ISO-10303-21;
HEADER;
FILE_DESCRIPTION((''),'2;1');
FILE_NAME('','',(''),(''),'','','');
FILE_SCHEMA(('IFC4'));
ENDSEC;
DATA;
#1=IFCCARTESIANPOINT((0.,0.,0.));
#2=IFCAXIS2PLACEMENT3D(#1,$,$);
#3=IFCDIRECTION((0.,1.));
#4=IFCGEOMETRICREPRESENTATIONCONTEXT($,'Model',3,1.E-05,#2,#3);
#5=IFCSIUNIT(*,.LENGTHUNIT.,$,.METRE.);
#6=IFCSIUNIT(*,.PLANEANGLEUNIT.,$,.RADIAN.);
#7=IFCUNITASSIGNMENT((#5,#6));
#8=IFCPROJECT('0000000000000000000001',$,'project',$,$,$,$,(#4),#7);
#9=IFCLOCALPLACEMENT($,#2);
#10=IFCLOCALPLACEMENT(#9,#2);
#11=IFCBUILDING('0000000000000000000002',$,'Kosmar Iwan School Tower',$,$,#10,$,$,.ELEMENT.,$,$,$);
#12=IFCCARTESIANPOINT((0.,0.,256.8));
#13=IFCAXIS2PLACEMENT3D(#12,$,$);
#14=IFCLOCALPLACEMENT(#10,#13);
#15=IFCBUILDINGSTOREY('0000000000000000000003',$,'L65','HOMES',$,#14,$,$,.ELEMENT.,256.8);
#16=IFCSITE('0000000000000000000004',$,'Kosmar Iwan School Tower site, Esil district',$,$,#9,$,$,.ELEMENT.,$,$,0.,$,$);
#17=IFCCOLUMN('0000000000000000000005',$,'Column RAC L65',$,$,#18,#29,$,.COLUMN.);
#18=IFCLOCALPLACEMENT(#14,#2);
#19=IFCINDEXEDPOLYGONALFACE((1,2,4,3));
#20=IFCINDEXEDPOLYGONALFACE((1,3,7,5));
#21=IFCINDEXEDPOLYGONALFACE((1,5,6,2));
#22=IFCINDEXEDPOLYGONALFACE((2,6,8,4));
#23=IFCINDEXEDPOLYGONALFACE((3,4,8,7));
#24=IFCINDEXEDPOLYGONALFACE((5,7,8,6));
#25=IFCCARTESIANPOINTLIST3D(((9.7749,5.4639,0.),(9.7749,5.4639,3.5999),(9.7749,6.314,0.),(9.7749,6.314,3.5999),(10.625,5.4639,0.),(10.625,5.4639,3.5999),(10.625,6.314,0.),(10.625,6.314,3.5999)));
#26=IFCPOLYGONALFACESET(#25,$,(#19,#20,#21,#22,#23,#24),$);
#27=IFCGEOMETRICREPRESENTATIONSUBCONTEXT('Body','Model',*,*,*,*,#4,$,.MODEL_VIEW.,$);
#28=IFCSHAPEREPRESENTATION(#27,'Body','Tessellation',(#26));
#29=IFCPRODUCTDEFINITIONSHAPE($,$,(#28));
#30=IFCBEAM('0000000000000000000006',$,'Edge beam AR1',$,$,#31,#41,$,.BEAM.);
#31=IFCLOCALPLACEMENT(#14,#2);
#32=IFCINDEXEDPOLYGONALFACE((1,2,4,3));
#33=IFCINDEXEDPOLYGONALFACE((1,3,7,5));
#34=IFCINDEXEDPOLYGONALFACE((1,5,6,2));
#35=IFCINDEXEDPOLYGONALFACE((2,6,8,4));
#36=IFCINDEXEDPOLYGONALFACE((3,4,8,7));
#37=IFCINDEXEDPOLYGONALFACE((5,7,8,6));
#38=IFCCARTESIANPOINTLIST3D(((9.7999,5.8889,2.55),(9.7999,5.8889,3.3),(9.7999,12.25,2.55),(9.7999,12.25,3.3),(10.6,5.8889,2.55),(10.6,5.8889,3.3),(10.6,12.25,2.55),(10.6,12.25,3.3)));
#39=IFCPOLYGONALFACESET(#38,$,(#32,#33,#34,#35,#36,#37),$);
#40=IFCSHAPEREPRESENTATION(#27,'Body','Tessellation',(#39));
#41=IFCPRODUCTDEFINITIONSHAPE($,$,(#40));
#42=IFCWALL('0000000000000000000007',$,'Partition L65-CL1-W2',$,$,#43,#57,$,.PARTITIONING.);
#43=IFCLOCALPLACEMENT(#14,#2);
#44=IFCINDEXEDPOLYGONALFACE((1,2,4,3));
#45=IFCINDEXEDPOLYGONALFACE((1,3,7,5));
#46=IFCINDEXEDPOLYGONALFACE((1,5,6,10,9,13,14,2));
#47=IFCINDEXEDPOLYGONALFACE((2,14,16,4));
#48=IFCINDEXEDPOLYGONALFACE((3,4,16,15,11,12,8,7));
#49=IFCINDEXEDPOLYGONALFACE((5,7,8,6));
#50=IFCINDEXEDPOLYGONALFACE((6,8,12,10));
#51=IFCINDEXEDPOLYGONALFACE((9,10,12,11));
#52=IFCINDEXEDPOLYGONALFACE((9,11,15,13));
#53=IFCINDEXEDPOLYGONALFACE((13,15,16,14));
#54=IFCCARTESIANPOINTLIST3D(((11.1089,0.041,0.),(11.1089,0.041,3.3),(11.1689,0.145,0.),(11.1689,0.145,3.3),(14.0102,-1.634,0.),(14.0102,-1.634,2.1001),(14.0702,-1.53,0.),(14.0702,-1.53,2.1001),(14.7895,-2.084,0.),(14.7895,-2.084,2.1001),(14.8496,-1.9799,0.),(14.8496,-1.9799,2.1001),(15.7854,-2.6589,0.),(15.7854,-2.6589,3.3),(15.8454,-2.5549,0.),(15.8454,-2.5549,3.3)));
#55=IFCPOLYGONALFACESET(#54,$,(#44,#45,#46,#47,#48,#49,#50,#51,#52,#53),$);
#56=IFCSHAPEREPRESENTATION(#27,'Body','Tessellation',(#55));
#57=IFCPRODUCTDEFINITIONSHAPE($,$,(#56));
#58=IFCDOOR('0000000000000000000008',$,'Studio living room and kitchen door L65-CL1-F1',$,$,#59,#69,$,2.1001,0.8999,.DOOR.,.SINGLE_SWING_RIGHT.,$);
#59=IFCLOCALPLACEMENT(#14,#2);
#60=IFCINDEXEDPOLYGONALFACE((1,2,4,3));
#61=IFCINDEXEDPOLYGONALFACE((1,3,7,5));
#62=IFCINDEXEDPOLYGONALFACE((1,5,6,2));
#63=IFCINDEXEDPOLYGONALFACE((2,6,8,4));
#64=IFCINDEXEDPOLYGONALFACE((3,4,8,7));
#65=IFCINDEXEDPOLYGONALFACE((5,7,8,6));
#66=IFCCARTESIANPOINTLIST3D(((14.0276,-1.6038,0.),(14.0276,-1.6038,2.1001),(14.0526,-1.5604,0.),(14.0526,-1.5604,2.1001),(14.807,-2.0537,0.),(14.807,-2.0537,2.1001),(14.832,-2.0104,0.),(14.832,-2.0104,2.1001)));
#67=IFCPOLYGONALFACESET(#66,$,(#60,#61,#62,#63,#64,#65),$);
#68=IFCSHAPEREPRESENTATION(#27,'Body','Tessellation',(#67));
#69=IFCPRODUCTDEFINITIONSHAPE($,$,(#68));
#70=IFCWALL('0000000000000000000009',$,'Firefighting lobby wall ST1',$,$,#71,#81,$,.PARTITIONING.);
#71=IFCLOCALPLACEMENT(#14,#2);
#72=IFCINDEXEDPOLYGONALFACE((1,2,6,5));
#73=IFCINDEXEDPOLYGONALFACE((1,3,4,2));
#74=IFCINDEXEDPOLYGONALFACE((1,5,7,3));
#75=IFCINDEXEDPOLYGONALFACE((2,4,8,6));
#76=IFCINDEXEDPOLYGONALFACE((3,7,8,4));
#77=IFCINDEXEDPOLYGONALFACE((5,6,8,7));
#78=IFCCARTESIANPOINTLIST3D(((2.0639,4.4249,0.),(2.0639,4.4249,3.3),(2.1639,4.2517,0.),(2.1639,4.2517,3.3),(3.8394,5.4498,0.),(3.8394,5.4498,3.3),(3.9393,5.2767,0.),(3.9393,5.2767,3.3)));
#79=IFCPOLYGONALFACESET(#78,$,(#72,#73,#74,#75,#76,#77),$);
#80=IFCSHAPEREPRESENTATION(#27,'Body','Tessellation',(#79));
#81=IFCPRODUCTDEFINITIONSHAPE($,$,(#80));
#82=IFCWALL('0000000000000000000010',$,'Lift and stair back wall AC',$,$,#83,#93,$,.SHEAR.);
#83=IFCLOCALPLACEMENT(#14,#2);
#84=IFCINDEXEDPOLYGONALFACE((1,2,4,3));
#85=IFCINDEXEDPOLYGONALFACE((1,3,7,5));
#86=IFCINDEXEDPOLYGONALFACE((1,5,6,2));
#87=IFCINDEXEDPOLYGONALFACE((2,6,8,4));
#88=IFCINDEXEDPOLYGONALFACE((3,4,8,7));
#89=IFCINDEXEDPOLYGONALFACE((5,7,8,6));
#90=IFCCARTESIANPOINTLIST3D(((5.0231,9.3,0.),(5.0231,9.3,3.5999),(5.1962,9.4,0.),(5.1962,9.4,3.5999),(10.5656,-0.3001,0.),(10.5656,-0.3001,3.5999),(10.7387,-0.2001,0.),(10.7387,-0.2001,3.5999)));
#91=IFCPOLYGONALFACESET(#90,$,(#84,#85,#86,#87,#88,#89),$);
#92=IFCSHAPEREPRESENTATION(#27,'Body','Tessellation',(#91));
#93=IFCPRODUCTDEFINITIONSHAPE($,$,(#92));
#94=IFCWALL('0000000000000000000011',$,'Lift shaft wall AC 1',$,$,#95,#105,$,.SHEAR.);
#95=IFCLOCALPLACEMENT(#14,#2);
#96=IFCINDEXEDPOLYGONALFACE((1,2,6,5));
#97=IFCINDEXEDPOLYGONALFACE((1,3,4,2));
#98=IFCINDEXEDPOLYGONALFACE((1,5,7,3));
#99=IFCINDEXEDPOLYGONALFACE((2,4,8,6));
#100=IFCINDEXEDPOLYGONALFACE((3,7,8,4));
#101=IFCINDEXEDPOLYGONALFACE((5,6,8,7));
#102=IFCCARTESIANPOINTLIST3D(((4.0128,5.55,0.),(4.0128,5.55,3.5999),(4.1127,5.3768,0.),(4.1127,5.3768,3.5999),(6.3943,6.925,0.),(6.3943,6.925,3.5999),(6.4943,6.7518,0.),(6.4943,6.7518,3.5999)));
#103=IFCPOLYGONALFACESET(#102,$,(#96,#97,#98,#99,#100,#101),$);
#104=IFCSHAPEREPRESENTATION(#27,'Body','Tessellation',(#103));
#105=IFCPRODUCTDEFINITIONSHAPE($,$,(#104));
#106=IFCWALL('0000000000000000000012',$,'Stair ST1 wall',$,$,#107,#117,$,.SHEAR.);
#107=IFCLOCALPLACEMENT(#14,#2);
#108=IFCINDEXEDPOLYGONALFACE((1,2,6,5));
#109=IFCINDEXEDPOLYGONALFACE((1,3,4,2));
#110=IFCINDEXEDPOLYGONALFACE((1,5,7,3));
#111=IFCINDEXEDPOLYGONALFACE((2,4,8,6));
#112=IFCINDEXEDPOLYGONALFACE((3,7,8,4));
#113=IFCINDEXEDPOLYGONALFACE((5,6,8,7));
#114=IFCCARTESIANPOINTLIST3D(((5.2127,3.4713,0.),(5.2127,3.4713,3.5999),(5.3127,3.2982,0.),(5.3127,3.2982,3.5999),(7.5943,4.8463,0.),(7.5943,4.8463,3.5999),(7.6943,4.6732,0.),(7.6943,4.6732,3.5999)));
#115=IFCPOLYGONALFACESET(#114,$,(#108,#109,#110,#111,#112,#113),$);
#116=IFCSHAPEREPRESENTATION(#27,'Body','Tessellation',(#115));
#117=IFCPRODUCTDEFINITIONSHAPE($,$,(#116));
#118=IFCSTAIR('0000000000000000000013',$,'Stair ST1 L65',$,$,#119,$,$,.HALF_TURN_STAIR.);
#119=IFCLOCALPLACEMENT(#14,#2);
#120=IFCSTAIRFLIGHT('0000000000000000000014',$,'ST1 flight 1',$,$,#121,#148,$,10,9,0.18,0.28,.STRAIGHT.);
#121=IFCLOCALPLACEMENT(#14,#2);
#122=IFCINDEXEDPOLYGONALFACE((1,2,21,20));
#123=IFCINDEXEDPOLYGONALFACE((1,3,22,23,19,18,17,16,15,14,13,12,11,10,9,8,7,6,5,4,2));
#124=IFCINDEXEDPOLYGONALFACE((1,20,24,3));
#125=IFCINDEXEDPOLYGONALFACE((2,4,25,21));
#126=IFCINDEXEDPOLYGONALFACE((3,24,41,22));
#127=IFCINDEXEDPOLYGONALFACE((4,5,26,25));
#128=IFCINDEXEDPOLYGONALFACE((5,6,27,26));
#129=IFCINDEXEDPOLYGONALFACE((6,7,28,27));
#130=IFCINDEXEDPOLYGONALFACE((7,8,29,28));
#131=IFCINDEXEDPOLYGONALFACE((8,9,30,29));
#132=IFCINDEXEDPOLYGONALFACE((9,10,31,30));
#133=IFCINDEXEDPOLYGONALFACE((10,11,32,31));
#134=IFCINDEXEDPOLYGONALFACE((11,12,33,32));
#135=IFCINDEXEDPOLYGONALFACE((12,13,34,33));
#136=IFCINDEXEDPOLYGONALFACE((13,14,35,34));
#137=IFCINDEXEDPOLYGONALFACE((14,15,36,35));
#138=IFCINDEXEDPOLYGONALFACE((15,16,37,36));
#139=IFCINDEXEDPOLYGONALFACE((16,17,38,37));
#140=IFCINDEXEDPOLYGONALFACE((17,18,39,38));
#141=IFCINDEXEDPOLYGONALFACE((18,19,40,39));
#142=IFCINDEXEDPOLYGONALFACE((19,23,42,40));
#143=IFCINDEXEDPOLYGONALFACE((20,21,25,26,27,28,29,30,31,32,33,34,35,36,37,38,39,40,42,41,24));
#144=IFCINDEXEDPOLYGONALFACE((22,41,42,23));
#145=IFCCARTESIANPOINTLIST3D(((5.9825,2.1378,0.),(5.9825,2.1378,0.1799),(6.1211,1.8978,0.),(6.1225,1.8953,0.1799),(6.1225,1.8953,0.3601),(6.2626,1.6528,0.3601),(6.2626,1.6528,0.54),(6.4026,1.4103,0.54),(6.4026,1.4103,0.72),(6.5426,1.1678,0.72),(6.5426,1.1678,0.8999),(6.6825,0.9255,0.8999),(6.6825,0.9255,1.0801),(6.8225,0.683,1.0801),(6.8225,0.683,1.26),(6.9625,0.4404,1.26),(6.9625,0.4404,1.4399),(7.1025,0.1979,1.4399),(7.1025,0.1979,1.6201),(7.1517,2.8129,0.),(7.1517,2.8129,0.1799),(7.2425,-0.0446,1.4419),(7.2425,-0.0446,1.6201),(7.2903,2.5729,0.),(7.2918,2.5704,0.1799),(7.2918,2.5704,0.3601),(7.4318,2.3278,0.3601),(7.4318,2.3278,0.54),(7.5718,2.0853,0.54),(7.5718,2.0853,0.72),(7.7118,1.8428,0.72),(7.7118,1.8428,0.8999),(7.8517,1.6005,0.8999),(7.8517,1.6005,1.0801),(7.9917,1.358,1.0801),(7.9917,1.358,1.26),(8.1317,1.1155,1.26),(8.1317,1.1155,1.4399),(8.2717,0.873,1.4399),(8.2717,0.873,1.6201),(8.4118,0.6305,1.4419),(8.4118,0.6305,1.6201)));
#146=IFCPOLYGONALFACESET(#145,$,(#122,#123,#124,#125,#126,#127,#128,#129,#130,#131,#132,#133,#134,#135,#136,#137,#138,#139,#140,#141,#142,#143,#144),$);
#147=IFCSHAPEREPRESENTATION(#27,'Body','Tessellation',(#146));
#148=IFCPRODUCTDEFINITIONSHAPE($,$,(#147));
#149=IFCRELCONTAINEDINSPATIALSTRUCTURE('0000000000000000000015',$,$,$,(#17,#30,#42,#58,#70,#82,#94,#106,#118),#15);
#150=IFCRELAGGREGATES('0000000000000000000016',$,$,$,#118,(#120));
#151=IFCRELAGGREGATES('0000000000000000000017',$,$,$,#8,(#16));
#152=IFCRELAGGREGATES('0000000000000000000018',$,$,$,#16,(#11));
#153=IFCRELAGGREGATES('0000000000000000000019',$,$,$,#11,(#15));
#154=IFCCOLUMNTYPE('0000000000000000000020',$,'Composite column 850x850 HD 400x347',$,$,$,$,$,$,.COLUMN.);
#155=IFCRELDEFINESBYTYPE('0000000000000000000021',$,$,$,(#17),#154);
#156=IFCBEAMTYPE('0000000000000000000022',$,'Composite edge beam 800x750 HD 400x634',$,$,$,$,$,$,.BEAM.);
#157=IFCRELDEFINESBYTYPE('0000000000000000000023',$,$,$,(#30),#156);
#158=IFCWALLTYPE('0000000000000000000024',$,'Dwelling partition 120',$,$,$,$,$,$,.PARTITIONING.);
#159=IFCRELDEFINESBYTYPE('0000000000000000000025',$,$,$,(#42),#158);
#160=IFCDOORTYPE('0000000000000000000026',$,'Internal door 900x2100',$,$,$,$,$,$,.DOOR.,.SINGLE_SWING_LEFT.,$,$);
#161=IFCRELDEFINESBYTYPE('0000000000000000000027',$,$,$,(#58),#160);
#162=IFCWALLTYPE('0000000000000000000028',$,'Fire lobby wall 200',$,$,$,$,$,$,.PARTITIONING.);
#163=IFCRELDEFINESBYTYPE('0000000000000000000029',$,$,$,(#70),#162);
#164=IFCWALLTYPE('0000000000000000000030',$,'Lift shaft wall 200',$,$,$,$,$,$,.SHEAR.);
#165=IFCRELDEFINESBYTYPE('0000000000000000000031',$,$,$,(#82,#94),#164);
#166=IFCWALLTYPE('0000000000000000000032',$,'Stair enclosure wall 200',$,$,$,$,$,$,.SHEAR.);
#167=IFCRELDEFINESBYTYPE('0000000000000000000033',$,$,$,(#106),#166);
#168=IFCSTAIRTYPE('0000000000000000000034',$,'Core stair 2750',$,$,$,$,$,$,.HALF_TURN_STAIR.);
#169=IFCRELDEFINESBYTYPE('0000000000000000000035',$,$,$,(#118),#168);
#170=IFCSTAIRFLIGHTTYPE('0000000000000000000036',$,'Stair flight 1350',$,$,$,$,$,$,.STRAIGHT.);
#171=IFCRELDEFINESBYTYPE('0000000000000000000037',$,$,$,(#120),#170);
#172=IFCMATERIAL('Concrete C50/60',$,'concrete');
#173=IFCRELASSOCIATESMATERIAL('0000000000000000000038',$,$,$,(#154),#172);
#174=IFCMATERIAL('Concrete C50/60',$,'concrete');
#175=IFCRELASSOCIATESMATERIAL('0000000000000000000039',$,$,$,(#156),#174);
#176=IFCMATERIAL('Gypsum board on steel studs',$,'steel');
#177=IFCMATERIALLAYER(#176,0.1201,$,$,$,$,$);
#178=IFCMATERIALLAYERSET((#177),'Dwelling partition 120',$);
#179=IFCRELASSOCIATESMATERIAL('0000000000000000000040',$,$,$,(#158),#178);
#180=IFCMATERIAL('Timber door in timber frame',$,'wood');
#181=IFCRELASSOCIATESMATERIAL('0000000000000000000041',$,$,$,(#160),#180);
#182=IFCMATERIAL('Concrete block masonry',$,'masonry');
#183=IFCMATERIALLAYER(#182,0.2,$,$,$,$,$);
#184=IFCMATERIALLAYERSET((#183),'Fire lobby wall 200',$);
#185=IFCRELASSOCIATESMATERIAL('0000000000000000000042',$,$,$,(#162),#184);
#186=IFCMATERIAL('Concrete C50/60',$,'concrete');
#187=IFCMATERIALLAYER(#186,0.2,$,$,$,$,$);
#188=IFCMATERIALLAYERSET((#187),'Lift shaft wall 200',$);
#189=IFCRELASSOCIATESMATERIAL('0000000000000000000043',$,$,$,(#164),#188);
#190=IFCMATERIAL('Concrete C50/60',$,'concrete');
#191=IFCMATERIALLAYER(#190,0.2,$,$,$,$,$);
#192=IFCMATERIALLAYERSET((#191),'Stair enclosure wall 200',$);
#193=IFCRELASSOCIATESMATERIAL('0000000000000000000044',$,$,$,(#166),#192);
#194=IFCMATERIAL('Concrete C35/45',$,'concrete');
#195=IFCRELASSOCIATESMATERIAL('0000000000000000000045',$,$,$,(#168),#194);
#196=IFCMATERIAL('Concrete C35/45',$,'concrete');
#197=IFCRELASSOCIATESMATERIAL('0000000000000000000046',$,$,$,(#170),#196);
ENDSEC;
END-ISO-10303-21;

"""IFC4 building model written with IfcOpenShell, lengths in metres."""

from ifc_helpers import new_model, si_unit, direction, frame, frame_2d, origin, origin_2d, place, context, subcontext, project, spatial, polyline, rectangle, outline, extrude, material, layer, layer_set, material_profile, profile_set, type_object, element, fill, aggregate, save


model = new_model("IFC4")

# Units and contexts
model_context = context("Model", 3, precision=1e-05, world=origin(), true_north=direction((0.0, 1.0)))
body_context = subcontext(model_context, "Body", "Model", "MODEL_VIEW")
ifc_project = project(units=[si_unit("LENGTHUNIT", "METRE"), si_unit("PLANEANGLEUNIT", "RADIAN")], contexts=[model_context])

# Site, building, storey
site_placement = place(None, origin())
site = spatial("IfcSite", under=ifc_project, at=site_placement, Name="Kosmar Iwan School Tower site, Esil district", CompositionType="ELEMENT", RefElevation=0.0)
building_placement = place(site_placement, origin())
building = spatial("IfcBuilding", under=site, at=building_placement, Name="Kosmar Iwan School Tower", CompositionType="ELEMENT")
storey_placement = place(building_placement, frame((0.0, 0.0, 256.8)))
storey = spatial("IfcBuildingStorey", under=building, at=storey_placement, Name="L65", Description="HOMES", CompositionType="ELEMENT", Elevation=256.8)

# Column
ifc_material_1 = material(Name="Concrete C50/60", Category="concrete")
ifc_material_profile_1 = material_profile(ifc_material_1, rectangle(XDim=0.8501, YDim=0.8501, at=origin_2d()), Name="RC 850x850 + HD 400x347")
ifc_profile_set_1 = profile_set([ifc_material_profile_1], Name="Concrete C50/60")
column_type = type_object("IfcColumnType", Name="Composite column 850x850 HD 400x347", PredefinedType="COLUMN", material=ifc_profile_set_1)
column_placement = place(storey_placement, frame((10.2, 5.8889, 0.0), z_axis=(0.0, 0.0, 1.0), x_axis=(1.0, 0.0, 0.0)))
element("IfcColumn", 1, at=column_placement, inside=storey, type_object=column_type, Name="Column RAC L65", PredefinedType="COLUMN", context=body_context, shape_type="SweptSolid", body=[
    extrude(rectangle(XDim=0.8501, YDim=0.8501, at=origin_2d()), origin(), (0.0, 0.0, 1.0), 3.5999),
])

# Beam
ifc_material_2 = material(Name="Concrete C50/60", Category="concrete")
ifc_material_profile_2 = material_profile(ifc_material_2, rectangle(XDim=0.8, YDim=0.75, at=origin_2d()), Name="RC 800x750 + HD 400x634")
ifc_profile_set_2 = profile_set([ifc_material_profile_2], Name="Concrete C50/60")
beam_type = type_object("IfcBeamType", Name="Composite edge beam 800x750 HD 400x634", PredefinedType="BEAM", material=ifc_profile_set_2)
beam_placement = place(storey_placement, frame((10.2, 5.8889, 2.925), z_axis=(0.0, 1.0, 0.0), x_axis=(-1.0, 0.0, 0.0)))
element("IfcBeam", 2, at=beam_placement, inside=storey, type_object=beam_type, Name="Edge beam AR1", PredefinedType="BEAM", context=body_context, shape_type="SweptSolid", body=[
    extrude(rectangle(XDim=0.8, YDim=0.75, at=origin_2d()), origin(), (0.0, 0.0, 1.0), 6.3611),
])

# Wall, opening, door
ifc_material_3 = material(Name="Gypsum board on steel studs", Category="steel")
ifc_layer_1 = layer(ifc_material_3, 0.1201)
ifc_layer_set_1 = layer_set([ifc_layer_1], Name="Dwelling partition 120")
wall_type_1 = type_object("IfcWallType", Name="Dwelling partition 120", PredefinedType="PARTITIONING", material=ifc_layer_set_1)
wall_1_placement = place(storey_placement, frame((11.1389, 0.093, 0.0), z_axis=(0.0, 0.0, 1.0), x_axis=(0.866028, -0.499995, 0.0)))
wall_1 = element("IfcWall", 3, at=wall_1_placement, inside=storey, type_object=wall_type_1, Name="Partition L65-CL1-W2", PredefinedType="PARTITIONING", context=body_context, shape_type="SweptSolid", body=[
    extrude(rectangle(XDim=5.3999, YDim=0.1201, at=frame_2d((2.7, 0.0))), origin(), (0.0, 0.0, 1.0), 3.3),
])
opening_placement = place(wall_1_placement, frame((3.3501, 0.0, 0.0)))
opening = element("IfcOpeningElement", 4, at=opening_placement, cuts=wall_1, PredefinedType="OPENING", context=body_context, shape_type="SweptSolid", body=[
    extrude(rectangle(XDim=0.8999, YDim=2.1001, at=frame_2d((0.45, 1.05))), frame((0.0, 0.072, 0.0), z_axis=(0.0, -1.0, 0.0), x_axis=(1.0, 0.0, 0.0)), (0.0, 0.0, 1.0), 0.144),
])
ifc_material_4 = material(Name="Timber door in timber frame", Category="wood")
door_type = type_object("IfcDoorType", Name="Internal door 900x2100", OperationType="SINGLE_SWING_LEFT", PredefinedType="DOOR", material=ifc_material_4)
door_placement = place(opening_placement, origin())
door = element("IfcDoor", 5, at=door_placement, inside=storey, type_object=door_type, Name="Studio living room and kitchen door L65-CL1-F1", OperationType="SINGLE_SWING_RIGHT", OverallHeight=2.1001, OverallWidth=0.8999, PredefinedType="DOOR", context=body_context, shape_type="SweptSolid", body=[
    extrude(rectangle(XDim=0.8999, YDim=2.1001, at=frame_2d((0.45, 1.05))), frame((0.0, 0.0249, 0.0), z_axis=(0.0, -1.0, 0.0), x_axis=(1.0, 0.0, 0.0)), (0.0, 0.0, 1.0), 0.05),
])
fill(opening, door)

# Walls
ifc_material_5 = material(Name="Concrete block masonry", Category="masonry")
ifc_layer_2 = layer(ifc_material_5, 0.2)
ifc_layer_set_2 = layer_set([ifc_layer_2], Name="Fire lobby wall 200")
wall_type_2 = type_object("IfcWallType", Name="Fire lobby wall 200", PredefinedType="PARTITIONING", material=ifc_layer_set_2)
wall_2_placement = place(storey_placement, frame((2.114, 4.3384, 0.0), z_axis=(0.0, 0.0, 1.0), x_axis=(0.866051, 0.499956, 0.0)))
element("IfcWall", 6, at=wall_2_placement, inside=storey, type_object=wall_type_2, Name="Firefighting lobby wall ST1", PredefinedType="PARTITIONING", context=body_context, shape_type="SweptSolid", body=[
    extrude(rectangle(XDim=2.05, YDim=0.2, at=frame_2d((1.0249, 0.0))), origin(), (0.0, 0.0, 1.0), 3.3),
])
ifc_material_6 = material(Name="Concrete C50/60", Category="concrete")
ifc_layer_3 = layer(ifc_material_6, 0.2)
ifc_layer_set_3 = layer_set([ifc_layer_3], Name="Lift shaft wall 200")
wall_type_3 = type_object("IfcWallType", Name="Lift shaft wall 200", PredefinedType="SHEAR", material=ifc_layer_set_3)
wall_3_placement = place(storey_placement, frame((10.6521, -0.25, 0.0), z_axis=(0.0, 0.0, 1.0), x_axis=(-0.499991, 0.866031, 0.0)))
element("IfcWall", 7, at=wall_3_placement, inside=storey, type_object=wall_type_3, Name="Lift and stair back wall AC", PredefinedType="SHEAR", context=body_context, shape_type="SweptSolid", body=[
    extrude(rectangle(XDim=11.0852, YDim=0.2, at=frame_2d((5.5425, 0.0))), origin(), (0.0, 0.0, 1.0), 3.5999),
])
wall_4_placement = place(storey_placement, frame((4.0627, 5.4634, 0.0), z_axis=(0.0, 0.0, 1.0), x_axis=(0.866027, 0.499997, 0.0)))
element("IfcWall", 8, at=wall_4_placement, inside=storey, type_object=wall_type_3, Name="Lift shaft wall AC 1", PredefinedType="SHEAR", context=body_context, shape_type="SweptSolid", body=[
    extrude(rectangle(XDim=2.75, YDim=0.2, at=frame_2d((1.375, 0.0))), origin(), (0.0, 0.0, 1.0), 3.5999),
])
ifc_material_7 = material(Name="Concrete C50/60", Category="concrete")
ifc_layer_4 = layer(ifc_material_7, 0.2)
ifc_layer_set_4 = layer_set([ifc_layer_4], Name="Stair enclosure wall 200")
wall_type_4 = type_object("IfcWallType", Name="Stair enclosure wall 200", PredefinedType="SHEAR", material=ifc_layer_set_4)
wall_5_placement = place(storey_placement, frame((5.2627, 3.3848, 0.0), z_axis=(0.0, 0.0, 1.0), x_axis=(0.866027, 0.499997, 0.0)))
element("IfcWall", 9, at=wall_5_placement, inside=storey, type_object=wall_type_4, Name="Stair ST1 wall", PredefinedType="SHEAR", context=body_context, shape_type="SweptSolid", body=[
    extrude(rectangle(XDim=2.75, YDim=0.2, at=frame_2d((1.375, 0.0))), origin(), (0.0, 0.0, 1.0), 3.5999),
])

# Stair, stair flight
ifc_material_8 = material(Name="Concrete C35/45", Category="concrete")
stair_type = type_object("IfcStairType", Name="Core stair 2750", PredefinedType="HALF_TURN_STAIR", material=ifc_material_8)
stair_placement = place(storey_placement, origin())
stair = element("IfcStair", 10, at=stair_placement, inside=storey, type_object=stair_type, Name="Stair ST1 L65", PredefinedType="HALF_TURN_STAIR")
ifc_material_9 = material(Name="Concrete C35/45", Category="concrete")
stair_flight_type = type_object("IfcStairFlightType", Name="Stair flight 1350", PredefinedType="STRAIGHT", material=ifc_material_9)
stair_flight_1_placement = place(storey_placement, frame((6.5671, 2.4753, 0.0), z_axis=(0.0, 0.0, 1.0), x_axis=(0.5, -0.866025, 0.0)))
stair_flight_1 = element("IfcStairFlight", 11, at=stair_flight_1_placement, type_object=stair_flight_type, Name="ST1 flight 1", NumberOfRisers=10, NumberOfTreads=9, PredefinedType="STRAIGHT", RiserHeight=0.18, TreadLength=0.28, context=body_context, shape_type="SweptSolid", body=[
    extrude(outline(polyline([(0.0, 0.0), (0.0, 0.1799), (0.28, 0.1799), (0.28, 0.3601), (0.5601, 0.3601), (0.5601, 0.54), (0.8401, 0.54), (0.8401, 0.72), (1.1201, 0.72), (1.1201, 0.8999), (1.3999, 0.8999), (1.3999, 1.0801), (1.6799, 1.0801), (1.6799, 1.26), (1.96, 1.26), (1.96, 1.4399), (2.24, 1.4399), (2.24, 1.6201), (2.52, 1.6201), (2.52, 1.8), (2.52, 1.4419), (0.2771, 0.0), (0.0, 0.0)])), frame((0.0, 0.675, 0.0), z_axis=(0.0, -1.0, 0.0), x_axis=(1.0, 0.0, 0.0)), (0.0, 0.0, 1.0), 1.3501),
])
aggregate(stair, [stair_flight_1])

save(model, "model.ifc")
